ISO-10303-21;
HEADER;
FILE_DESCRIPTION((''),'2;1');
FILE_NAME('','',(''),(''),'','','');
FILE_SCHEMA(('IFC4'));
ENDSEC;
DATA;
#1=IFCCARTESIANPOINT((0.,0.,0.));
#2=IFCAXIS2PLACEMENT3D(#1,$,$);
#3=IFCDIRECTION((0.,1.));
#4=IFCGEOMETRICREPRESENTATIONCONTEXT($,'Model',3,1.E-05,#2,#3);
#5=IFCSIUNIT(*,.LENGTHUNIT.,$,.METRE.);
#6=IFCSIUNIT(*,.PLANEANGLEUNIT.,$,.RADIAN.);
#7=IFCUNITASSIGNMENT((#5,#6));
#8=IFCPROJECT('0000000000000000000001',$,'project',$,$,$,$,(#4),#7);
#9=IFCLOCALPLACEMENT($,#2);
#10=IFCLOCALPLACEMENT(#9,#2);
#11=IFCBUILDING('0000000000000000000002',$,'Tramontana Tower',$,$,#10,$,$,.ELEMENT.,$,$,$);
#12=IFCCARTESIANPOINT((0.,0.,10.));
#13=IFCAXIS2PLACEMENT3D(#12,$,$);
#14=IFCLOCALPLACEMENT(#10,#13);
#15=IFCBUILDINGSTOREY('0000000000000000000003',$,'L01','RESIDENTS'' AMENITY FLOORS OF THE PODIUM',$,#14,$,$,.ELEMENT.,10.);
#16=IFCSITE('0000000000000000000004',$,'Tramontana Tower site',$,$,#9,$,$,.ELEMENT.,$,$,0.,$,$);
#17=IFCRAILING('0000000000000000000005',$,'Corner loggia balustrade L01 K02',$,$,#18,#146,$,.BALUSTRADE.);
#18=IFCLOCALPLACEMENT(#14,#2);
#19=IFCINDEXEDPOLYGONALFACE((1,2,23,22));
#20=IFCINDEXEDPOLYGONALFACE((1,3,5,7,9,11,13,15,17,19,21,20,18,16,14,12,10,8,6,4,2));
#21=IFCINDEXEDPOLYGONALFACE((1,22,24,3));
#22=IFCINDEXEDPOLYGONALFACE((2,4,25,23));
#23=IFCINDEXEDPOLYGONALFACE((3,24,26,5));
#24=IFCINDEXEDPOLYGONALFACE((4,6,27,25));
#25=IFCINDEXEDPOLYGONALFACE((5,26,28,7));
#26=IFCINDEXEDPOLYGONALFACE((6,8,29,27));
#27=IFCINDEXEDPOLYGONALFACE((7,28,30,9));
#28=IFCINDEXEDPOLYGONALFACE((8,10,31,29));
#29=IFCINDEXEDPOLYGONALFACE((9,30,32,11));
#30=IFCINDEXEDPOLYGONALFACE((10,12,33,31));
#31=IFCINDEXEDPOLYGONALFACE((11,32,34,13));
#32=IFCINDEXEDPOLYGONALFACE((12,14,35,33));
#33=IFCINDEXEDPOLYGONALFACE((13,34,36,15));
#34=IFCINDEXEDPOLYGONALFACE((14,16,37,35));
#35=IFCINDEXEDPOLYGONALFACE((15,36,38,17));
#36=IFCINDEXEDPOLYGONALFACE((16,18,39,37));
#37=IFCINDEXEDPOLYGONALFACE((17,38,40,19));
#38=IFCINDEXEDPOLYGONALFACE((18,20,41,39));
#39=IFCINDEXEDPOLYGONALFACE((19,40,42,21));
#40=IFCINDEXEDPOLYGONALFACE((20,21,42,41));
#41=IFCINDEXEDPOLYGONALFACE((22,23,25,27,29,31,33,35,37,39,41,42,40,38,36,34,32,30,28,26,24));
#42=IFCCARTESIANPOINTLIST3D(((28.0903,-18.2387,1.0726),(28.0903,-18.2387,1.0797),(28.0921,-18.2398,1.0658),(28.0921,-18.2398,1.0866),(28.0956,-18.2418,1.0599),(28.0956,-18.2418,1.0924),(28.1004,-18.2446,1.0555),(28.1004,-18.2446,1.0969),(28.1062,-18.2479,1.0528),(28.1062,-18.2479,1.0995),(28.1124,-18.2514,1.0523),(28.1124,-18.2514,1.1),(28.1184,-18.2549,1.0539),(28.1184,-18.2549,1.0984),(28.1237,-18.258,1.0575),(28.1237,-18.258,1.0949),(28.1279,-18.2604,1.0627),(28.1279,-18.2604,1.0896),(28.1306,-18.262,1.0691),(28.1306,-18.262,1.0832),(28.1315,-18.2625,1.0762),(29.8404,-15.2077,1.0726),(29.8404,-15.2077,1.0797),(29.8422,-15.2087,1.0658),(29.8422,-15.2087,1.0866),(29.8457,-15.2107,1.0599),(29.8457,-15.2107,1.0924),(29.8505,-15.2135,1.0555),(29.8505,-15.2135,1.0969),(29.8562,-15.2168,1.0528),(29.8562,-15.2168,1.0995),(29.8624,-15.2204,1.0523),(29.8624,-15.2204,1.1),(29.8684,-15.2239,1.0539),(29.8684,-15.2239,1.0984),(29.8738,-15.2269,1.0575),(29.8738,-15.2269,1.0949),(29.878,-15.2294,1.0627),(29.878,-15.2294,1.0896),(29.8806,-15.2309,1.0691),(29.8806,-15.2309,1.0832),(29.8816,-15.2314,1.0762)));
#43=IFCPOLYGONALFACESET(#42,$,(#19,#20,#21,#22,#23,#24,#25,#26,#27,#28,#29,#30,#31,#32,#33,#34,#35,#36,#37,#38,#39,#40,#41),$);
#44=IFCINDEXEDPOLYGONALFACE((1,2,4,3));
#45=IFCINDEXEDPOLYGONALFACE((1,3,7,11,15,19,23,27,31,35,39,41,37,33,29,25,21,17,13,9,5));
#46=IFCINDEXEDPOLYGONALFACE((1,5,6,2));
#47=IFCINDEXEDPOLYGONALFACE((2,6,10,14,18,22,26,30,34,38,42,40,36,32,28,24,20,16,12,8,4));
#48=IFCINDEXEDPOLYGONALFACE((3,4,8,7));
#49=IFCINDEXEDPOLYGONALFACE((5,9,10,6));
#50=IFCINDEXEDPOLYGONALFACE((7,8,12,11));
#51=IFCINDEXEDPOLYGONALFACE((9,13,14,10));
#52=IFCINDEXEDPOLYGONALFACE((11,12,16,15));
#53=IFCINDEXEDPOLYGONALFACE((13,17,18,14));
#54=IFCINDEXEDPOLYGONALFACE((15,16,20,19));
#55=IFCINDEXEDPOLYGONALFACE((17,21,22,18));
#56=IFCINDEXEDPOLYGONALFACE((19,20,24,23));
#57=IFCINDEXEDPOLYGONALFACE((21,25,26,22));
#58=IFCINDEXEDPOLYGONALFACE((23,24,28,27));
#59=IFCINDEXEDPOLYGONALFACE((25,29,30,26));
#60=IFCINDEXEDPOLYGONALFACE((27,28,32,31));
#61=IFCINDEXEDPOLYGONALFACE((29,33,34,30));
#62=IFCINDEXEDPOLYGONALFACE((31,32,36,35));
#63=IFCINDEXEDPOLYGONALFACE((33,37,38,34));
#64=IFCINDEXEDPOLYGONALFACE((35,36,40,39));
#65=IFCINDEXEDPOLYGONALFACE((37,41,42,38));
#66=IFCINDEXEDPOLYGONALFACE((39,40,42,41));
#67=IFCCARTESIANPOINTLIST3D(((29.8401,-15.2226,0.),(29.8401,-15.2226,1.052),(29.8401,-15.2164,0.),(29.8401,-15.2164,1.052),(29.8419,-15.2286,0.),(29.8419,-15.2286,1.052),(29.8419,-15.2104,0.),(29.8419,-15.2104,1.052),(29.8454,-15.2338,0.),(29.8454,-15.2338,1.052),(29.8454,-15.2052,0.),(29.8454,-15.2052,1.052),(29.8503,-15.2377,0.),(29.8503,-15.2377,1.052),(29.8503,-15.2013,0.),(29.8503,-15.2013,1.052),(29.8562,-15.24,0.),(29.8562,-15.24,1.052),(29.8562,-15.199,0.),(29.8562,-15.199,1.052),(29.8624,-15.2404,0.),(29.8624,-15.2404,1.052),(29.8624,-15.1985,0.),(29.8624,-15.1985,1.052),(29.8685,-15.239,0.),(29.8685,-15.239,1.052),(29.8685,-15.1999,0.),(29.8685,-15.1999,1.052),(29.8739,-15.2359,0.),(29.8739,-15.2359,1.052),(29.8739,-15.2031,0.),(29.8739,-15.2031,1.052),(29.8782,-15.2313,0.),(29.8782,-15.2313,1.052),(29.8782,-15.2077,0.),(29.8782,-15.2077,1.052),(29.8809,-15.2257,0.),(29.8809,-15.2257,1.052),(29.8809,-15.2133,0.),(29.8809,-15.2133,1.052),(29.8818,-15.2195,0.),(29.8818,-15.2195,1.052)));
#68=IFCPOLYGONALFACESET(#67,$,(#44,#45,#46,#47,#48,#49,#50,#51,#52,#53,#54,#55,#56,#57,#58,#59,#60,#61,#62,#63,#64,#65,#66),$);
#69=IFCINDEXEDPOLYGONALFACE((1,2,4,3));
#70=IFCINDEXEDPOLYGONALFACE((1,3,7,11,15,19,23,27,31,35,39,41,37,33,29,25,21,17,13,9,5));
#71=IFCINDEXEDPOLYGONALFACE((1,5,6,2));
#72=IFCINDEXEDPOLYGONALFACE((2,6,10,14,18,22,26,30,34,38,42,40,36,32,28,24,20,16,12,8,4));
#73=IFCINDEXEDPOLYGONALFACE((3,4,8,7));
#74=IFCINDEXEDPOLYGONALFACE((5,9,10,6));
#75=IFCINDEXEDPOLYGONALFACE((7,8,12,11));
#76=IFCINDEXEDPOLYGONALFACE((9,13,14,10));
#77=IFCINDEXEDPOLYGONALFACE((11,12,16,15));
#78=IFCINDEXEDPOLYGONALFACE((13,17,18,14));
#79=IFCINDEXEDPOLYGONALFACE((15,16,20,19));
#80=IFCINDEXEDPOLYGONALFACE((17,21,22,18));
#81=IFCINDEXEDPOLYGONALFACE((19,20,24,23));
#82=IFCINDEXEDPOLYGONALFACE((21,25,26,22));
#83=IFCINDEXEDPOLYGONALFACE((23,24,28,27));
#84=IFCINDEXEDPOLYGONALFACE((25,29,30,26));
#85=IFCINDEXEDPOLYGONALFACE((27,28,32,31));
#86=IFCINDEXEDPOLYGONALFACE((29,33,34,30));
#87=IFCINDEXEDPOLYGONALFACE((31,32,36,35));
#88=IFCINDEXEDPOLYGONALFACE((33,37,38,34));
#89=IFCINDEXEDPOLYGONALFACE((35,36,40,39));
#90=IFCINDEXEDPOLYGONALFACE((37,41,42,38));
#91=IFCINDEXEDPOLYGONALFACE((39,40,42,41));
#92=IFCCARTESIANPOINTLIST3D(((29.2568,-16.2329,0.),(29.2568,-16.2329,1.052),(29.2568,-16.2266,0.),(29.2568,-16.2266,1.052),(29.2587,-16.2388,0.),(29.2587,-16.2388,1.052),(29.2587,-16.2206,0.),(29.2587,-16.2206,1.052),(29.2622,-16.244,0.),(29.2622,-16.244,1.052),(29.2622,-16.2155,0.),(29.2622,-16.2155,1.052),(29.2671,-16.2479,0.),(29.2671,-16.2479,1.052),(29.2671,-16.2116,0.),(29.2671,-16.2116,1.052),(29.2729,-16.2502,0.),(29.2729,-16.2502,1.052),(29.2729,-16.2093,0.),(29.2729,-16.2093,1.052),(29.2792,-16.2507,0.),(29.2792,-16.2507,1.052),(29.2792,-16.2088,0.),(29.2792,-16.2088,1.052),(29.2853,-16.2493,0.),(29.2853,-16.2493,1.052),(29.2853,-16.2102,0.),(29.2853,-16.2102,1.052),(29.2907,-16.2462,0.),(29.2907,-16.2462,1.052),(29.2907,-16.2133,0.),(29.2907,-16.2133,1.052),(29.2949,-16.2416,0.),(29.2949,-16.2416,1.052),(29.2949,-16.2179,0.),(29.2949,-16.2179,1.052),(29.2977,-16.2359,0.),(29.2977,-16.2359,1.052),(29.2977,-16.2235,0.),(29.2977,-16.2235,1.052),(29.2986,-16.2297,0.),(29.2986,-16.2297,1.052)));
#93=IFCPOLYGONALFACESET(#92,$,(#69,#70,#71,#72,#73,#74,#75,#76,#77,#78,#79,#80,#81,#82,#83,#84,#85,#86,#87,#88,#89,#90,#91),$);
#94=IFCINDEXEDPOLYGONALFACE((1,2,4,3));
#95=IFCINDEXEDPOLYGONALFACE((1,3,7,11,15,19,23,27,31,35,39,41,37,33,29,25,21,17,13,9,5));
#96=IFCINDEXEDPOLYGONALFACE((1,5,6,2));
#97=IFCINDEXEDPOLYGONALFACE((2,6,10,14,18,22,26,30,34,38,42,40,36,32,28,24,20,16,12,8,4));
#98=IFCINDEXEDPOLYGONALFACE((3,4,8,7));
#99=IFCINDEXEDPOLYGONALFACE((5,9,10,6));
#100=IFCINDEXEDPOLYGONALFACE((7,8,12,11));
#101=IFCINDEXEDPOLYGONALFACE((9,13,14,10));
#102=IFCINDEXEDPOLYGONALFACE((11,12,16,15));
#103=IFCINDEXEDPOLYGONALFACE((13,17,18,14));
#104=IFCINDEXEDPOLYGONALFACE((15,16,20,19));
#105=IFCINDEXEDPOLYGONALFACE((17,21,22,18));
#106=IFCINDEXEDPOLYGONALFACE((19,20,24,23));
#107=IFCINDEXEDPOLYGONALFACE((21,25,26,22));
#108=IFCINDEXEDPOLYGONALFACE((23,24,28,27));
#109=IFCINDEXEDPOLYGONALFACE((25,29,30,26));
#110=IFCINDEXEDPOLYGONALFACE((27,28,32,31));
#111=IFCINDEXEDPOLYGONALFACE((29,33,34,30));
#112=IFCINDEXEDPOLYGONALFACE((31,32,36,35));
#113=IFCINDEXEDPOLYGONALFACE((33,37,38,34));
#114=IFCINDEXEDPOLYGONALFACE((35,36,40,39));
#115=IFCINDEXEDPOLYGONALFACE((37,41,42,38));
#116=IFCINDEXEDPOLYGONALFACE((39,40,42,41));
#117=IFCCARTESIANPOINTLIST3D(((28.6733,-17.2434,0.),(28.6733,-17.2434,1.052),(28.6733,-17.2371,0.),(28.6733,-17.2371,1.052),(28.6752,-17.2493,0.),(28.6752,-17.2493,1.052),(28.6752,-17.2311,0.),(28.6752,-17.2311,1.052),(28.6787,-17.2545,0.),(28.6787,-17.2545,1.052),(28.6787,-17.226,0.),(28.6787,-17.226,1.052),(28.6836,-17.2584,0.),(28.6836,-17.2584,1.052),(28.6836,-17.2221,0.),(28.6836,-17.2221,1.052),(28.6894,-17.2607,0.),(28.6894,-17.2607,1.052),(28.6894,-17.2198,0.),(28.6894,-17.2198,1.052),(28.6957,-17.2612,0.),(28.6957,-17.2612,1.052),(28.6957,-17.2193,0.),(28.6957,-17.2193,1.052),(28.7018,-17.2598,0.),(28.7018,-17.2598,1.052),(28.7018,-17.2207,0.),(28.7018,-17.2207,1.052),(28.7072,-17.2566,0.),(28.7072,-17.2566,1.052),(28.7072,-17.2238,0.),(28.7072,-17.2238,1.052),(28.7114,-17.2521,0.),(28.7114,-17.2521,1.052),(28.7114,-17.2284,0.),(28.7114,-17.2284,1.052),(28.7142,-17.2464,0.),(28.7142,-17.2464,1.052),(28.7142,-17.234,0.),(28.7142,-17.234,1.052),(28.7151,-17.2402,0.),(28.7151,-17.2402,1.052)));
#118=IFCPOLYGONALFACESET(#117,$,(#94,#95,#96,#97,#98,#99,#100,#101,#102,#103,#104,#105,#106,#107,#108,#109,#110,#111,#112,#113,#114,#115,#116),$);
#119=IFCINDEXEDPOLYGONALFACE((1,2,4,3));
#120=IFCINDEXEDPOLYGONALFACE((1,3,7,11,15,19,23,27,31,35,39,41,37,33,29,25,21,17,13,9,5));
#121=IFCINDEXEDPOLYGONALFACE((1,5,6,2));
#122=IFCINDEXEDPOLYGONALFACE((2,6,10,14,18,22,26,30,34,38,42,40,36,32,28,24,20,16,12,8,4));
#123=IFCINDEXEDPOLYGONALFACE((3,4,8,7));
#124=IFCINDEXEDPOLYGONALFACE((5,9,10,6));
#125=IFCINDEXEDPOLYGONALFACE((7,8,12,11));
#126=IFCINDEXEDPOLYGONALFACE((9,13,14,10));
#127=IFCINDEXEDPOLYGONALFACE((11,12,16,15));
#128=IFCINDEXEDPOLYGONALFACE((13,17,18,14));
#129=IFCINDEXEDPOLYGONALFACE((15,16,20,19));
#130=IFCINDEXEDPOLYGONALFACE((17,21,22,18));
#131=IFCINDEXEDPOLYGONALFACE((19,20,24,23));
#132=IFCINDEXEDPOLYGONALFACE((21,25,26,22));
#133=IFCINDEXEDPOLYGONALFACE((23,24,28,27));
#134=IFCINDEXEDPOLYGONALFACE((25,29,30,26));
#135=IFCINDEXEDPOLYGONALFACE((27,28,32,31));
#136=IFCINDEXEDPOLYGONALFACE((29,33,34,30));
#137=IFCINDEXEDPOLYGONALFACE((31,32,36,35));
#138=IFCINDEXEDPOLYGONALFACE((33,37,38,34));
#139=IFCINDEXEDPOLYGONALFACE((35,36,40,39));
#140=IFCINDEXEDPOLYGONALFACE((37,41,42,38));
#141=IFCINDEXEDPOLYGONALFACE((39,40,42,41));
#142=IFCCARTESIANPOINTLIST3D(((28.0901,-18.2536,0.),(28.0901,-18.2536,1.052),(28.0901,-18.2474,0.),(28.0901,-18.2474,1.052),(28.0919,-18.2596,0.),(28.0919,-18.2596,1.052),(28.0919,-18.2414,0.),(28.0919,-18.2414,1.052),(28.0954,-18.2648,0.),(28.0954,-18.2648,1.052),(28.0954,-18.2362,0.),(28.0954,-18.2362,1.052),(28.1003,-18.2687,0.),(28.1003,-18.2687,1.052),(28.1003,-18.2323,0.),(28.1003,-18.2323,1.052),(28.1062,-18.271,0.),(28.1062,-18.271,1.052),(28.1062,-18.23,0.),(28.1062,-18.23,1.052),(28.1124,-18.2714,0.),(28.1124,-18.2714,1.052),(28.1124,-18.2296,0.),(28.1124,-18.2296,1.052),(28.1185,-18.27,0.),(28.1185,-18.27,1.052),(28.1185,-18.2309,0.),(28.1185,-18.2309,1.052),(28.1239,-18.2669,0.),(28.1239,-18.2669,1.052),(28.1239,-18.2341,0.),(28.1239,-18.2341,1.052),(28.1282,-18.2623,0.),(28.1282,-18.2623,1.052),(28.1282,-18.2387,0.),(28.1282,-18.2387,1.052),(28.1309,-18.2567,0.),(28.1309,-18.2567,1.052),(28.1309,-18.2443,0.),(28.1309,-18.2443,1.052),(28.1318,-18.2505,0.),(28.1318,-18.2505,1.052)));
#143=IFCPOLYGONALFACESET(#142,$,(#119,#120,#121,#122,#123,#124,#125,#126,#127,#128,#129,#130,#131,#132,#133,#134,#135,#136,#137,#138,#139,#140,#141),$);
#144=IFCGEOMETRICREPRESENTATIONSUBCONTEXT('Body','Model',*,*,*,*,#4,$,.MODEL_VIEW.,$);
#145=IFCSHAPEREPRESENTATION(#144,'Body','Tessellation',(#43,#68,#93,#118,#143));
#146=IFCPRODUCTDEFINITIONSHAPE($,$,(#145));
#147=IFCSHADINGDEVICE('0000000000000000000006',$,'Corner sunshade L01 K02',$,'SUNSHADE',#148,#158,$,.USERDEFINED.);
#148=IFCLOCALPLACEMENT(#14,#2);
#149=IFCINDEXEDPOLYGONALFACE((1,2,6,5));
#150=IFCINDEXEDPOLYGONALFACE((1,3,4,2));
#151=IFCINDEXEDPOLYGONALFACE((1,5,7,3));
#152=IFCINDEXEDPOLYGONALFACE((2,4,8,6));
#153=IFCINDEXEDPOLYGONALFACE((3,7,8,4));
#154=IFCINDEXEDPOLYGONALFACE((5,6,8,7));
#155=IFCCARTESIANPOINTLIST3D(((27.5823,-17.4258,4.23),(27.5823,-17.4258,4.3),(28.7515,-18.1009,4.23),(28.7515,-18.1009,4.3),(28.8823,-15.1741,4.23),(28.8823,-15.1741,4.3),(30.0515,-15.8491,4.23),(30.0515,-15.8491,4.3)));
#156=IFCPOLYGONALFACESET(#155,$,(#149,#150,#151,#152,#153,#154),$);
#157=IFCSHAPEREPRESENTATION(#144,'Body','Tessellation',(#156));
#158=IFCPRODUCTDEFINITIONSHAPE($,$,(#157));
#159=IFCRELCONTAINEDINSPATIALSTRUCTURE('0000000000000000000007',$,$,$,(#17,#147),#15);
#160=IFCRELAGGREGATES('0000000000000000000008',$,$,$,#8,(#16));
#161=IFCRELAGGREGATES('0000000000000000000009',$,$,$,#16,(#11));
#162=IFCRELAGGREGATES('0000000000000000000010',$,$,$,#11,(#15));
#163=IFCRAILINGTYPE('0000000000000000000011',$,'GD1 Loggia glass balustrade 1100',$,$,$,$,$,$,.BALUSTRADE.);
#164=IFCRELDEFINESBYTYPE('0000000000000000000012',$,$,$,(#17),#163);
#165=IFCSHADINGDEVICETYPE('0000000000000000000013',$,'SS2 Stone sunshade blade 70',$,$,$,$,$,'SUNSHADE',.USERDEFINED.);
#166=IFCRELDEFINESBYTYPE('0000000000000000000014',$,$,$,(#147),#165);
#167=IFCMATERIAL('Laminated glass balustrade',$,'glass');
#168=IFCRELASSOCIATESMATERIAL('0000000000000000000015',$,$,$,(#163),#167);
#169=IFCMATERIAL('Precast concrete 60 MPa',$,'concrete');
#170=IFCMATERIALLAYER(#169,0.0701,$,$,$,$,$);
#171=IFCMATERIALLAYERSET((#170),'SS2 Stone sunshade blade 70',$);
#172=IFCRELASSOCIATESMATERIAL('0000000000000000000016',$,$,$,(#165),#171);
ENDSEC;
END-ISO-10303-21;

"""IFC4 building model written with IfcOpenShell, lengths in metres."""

from ifc_helpers import new_model, si_unit, direction, frame, origin, origin_2d, place, context, subcontext, project, spatial, rectangle, circle, extrude, material, layer, layer_set, type_object, element, save


model = new_model("IFC4")

# Units and contexts
model_context = context("Model", 3, precision=1e-05, world=origin(), true_north=direction((0.0, 1.0)))
body_context = subcontext(model_context, "Body", "Model", "MODEL_VIEW")
ifc_project = project(units=[si_unit("LENGTHUNIT", "METRE"), si_unit("PLANEANGLEUNIT", "RADIAN")], contexts=[model_context])

# Site, building, storey
site_placement = place(None, origin())
site = spatial("IfcSite", under=ifc_project, at=site_placement, Name="Tramontana Tower site", CompositionType="ELEMENT", RefElevation=0.0)
building_placement = place(site_placement, origin())
building = spatial("IfcBuilding", under=site, at=building_placement, Name="Tramontana Tower", CompositionType="ELEMENT")
storey_placement = place(building_placement, frame((0.0, 0.0, 10.0)))
storey = spatial("IfcBuildingStorey", under=building, at=storey_placement, Name="L01", Description="RESIDENTS' AMENITY FLOORS OF THE PODIUM", CompositionType="ELEMENT", Elevation=10.0)

# Railing
ifc_material_1 = material(Name="Laminated glass balustrade", Category="glass")
railing_type = type_object("IfcRailingType", Name="GD1 Loggia glass balustrade 1100", PredefinedType="BALUSTRADE", material=ifc_material_1)
railing_placement = place(storey_placement, frame((29.8608, -15.2195, 0.0)))
element("IfcRailing", 1, at=railing_placement, inside=storey, type_object=railing_type, Name="Corner loggia balustrade L01 K02", PredefinedType="BALUSTRADE", context=body_context, shape_type="SweptSolid", body=[
    extrude(circle(Radius=0.0239, at=origin_2d()), frame((0.0, 0.0, 1.0762), z_axis=(-0.50001, -0.866019, 0.0), x_axis=(0.866019, -0.50001, 0.0)), (0.0, 0.0, 1.0), 3.5),
    extrude(circle(Radius=0.021, at=origin_2d()), origin(), (0.0, 0.0, 1.0), 1.052),
    extrude(circle(Radius=0.021, at=origin_2d()), frame((-0.5833, -1.0103, 0.0)), (0.0, 0.0, 1.0), 1.052),
    extrude(circle(Radius=0.021, at=origin_2d()), frame((-1.1667, -2.0208, 0.0)), (0.0, 0.0, 1.0), 1.052),
    extrude(circle(Radius=0.021, at=origin_2d()), frame((-1.75, -3.031, 0.0)), (0.0, 0.0, 1.0), 1.052),
])

# Shading device
ifc_material_2 = material(Name="Precast concrete 60 MPa", Category="concrete")
ifc_layer_1 = layer(ifc_material_2, 0.0701)
ifc_layer_set_1 = layer_set([ifc_layer_1], Name="SS2 Stone sunshade blade 70")
shading_device_type = type_object("IfcShadingDeviceType", Name="SS2 Stone sunshade blade 70", ElementType="SUNSHADE", PredefinedType="USERDEFINED", material=ifc_layer_set_1)
shading_device_placement = place(storey_placement, frame((28.8169, -16.6375, 4.23), z_axis=(0.0, 0.0, 1.0), x_axis=(-0.5, -0.866025, 0.0)))
element("IfcShadingDevice", 2, at=shading_device_placement, inside=storey, type_object=shading_device_type, Name="Corner sunshade L01 K02", ObjectType="SUNSHADE", PredefinedType="USERDEFINED", context=body_context, shape_type="SweptSolid", body=[
    extrude(rectangle(XDim=2.6001, YDim=1.3501, at=origin_2d()), origin(), (0.0, 0.0, 1.0), 0.0701),
])

save(model, "model.ifc")
